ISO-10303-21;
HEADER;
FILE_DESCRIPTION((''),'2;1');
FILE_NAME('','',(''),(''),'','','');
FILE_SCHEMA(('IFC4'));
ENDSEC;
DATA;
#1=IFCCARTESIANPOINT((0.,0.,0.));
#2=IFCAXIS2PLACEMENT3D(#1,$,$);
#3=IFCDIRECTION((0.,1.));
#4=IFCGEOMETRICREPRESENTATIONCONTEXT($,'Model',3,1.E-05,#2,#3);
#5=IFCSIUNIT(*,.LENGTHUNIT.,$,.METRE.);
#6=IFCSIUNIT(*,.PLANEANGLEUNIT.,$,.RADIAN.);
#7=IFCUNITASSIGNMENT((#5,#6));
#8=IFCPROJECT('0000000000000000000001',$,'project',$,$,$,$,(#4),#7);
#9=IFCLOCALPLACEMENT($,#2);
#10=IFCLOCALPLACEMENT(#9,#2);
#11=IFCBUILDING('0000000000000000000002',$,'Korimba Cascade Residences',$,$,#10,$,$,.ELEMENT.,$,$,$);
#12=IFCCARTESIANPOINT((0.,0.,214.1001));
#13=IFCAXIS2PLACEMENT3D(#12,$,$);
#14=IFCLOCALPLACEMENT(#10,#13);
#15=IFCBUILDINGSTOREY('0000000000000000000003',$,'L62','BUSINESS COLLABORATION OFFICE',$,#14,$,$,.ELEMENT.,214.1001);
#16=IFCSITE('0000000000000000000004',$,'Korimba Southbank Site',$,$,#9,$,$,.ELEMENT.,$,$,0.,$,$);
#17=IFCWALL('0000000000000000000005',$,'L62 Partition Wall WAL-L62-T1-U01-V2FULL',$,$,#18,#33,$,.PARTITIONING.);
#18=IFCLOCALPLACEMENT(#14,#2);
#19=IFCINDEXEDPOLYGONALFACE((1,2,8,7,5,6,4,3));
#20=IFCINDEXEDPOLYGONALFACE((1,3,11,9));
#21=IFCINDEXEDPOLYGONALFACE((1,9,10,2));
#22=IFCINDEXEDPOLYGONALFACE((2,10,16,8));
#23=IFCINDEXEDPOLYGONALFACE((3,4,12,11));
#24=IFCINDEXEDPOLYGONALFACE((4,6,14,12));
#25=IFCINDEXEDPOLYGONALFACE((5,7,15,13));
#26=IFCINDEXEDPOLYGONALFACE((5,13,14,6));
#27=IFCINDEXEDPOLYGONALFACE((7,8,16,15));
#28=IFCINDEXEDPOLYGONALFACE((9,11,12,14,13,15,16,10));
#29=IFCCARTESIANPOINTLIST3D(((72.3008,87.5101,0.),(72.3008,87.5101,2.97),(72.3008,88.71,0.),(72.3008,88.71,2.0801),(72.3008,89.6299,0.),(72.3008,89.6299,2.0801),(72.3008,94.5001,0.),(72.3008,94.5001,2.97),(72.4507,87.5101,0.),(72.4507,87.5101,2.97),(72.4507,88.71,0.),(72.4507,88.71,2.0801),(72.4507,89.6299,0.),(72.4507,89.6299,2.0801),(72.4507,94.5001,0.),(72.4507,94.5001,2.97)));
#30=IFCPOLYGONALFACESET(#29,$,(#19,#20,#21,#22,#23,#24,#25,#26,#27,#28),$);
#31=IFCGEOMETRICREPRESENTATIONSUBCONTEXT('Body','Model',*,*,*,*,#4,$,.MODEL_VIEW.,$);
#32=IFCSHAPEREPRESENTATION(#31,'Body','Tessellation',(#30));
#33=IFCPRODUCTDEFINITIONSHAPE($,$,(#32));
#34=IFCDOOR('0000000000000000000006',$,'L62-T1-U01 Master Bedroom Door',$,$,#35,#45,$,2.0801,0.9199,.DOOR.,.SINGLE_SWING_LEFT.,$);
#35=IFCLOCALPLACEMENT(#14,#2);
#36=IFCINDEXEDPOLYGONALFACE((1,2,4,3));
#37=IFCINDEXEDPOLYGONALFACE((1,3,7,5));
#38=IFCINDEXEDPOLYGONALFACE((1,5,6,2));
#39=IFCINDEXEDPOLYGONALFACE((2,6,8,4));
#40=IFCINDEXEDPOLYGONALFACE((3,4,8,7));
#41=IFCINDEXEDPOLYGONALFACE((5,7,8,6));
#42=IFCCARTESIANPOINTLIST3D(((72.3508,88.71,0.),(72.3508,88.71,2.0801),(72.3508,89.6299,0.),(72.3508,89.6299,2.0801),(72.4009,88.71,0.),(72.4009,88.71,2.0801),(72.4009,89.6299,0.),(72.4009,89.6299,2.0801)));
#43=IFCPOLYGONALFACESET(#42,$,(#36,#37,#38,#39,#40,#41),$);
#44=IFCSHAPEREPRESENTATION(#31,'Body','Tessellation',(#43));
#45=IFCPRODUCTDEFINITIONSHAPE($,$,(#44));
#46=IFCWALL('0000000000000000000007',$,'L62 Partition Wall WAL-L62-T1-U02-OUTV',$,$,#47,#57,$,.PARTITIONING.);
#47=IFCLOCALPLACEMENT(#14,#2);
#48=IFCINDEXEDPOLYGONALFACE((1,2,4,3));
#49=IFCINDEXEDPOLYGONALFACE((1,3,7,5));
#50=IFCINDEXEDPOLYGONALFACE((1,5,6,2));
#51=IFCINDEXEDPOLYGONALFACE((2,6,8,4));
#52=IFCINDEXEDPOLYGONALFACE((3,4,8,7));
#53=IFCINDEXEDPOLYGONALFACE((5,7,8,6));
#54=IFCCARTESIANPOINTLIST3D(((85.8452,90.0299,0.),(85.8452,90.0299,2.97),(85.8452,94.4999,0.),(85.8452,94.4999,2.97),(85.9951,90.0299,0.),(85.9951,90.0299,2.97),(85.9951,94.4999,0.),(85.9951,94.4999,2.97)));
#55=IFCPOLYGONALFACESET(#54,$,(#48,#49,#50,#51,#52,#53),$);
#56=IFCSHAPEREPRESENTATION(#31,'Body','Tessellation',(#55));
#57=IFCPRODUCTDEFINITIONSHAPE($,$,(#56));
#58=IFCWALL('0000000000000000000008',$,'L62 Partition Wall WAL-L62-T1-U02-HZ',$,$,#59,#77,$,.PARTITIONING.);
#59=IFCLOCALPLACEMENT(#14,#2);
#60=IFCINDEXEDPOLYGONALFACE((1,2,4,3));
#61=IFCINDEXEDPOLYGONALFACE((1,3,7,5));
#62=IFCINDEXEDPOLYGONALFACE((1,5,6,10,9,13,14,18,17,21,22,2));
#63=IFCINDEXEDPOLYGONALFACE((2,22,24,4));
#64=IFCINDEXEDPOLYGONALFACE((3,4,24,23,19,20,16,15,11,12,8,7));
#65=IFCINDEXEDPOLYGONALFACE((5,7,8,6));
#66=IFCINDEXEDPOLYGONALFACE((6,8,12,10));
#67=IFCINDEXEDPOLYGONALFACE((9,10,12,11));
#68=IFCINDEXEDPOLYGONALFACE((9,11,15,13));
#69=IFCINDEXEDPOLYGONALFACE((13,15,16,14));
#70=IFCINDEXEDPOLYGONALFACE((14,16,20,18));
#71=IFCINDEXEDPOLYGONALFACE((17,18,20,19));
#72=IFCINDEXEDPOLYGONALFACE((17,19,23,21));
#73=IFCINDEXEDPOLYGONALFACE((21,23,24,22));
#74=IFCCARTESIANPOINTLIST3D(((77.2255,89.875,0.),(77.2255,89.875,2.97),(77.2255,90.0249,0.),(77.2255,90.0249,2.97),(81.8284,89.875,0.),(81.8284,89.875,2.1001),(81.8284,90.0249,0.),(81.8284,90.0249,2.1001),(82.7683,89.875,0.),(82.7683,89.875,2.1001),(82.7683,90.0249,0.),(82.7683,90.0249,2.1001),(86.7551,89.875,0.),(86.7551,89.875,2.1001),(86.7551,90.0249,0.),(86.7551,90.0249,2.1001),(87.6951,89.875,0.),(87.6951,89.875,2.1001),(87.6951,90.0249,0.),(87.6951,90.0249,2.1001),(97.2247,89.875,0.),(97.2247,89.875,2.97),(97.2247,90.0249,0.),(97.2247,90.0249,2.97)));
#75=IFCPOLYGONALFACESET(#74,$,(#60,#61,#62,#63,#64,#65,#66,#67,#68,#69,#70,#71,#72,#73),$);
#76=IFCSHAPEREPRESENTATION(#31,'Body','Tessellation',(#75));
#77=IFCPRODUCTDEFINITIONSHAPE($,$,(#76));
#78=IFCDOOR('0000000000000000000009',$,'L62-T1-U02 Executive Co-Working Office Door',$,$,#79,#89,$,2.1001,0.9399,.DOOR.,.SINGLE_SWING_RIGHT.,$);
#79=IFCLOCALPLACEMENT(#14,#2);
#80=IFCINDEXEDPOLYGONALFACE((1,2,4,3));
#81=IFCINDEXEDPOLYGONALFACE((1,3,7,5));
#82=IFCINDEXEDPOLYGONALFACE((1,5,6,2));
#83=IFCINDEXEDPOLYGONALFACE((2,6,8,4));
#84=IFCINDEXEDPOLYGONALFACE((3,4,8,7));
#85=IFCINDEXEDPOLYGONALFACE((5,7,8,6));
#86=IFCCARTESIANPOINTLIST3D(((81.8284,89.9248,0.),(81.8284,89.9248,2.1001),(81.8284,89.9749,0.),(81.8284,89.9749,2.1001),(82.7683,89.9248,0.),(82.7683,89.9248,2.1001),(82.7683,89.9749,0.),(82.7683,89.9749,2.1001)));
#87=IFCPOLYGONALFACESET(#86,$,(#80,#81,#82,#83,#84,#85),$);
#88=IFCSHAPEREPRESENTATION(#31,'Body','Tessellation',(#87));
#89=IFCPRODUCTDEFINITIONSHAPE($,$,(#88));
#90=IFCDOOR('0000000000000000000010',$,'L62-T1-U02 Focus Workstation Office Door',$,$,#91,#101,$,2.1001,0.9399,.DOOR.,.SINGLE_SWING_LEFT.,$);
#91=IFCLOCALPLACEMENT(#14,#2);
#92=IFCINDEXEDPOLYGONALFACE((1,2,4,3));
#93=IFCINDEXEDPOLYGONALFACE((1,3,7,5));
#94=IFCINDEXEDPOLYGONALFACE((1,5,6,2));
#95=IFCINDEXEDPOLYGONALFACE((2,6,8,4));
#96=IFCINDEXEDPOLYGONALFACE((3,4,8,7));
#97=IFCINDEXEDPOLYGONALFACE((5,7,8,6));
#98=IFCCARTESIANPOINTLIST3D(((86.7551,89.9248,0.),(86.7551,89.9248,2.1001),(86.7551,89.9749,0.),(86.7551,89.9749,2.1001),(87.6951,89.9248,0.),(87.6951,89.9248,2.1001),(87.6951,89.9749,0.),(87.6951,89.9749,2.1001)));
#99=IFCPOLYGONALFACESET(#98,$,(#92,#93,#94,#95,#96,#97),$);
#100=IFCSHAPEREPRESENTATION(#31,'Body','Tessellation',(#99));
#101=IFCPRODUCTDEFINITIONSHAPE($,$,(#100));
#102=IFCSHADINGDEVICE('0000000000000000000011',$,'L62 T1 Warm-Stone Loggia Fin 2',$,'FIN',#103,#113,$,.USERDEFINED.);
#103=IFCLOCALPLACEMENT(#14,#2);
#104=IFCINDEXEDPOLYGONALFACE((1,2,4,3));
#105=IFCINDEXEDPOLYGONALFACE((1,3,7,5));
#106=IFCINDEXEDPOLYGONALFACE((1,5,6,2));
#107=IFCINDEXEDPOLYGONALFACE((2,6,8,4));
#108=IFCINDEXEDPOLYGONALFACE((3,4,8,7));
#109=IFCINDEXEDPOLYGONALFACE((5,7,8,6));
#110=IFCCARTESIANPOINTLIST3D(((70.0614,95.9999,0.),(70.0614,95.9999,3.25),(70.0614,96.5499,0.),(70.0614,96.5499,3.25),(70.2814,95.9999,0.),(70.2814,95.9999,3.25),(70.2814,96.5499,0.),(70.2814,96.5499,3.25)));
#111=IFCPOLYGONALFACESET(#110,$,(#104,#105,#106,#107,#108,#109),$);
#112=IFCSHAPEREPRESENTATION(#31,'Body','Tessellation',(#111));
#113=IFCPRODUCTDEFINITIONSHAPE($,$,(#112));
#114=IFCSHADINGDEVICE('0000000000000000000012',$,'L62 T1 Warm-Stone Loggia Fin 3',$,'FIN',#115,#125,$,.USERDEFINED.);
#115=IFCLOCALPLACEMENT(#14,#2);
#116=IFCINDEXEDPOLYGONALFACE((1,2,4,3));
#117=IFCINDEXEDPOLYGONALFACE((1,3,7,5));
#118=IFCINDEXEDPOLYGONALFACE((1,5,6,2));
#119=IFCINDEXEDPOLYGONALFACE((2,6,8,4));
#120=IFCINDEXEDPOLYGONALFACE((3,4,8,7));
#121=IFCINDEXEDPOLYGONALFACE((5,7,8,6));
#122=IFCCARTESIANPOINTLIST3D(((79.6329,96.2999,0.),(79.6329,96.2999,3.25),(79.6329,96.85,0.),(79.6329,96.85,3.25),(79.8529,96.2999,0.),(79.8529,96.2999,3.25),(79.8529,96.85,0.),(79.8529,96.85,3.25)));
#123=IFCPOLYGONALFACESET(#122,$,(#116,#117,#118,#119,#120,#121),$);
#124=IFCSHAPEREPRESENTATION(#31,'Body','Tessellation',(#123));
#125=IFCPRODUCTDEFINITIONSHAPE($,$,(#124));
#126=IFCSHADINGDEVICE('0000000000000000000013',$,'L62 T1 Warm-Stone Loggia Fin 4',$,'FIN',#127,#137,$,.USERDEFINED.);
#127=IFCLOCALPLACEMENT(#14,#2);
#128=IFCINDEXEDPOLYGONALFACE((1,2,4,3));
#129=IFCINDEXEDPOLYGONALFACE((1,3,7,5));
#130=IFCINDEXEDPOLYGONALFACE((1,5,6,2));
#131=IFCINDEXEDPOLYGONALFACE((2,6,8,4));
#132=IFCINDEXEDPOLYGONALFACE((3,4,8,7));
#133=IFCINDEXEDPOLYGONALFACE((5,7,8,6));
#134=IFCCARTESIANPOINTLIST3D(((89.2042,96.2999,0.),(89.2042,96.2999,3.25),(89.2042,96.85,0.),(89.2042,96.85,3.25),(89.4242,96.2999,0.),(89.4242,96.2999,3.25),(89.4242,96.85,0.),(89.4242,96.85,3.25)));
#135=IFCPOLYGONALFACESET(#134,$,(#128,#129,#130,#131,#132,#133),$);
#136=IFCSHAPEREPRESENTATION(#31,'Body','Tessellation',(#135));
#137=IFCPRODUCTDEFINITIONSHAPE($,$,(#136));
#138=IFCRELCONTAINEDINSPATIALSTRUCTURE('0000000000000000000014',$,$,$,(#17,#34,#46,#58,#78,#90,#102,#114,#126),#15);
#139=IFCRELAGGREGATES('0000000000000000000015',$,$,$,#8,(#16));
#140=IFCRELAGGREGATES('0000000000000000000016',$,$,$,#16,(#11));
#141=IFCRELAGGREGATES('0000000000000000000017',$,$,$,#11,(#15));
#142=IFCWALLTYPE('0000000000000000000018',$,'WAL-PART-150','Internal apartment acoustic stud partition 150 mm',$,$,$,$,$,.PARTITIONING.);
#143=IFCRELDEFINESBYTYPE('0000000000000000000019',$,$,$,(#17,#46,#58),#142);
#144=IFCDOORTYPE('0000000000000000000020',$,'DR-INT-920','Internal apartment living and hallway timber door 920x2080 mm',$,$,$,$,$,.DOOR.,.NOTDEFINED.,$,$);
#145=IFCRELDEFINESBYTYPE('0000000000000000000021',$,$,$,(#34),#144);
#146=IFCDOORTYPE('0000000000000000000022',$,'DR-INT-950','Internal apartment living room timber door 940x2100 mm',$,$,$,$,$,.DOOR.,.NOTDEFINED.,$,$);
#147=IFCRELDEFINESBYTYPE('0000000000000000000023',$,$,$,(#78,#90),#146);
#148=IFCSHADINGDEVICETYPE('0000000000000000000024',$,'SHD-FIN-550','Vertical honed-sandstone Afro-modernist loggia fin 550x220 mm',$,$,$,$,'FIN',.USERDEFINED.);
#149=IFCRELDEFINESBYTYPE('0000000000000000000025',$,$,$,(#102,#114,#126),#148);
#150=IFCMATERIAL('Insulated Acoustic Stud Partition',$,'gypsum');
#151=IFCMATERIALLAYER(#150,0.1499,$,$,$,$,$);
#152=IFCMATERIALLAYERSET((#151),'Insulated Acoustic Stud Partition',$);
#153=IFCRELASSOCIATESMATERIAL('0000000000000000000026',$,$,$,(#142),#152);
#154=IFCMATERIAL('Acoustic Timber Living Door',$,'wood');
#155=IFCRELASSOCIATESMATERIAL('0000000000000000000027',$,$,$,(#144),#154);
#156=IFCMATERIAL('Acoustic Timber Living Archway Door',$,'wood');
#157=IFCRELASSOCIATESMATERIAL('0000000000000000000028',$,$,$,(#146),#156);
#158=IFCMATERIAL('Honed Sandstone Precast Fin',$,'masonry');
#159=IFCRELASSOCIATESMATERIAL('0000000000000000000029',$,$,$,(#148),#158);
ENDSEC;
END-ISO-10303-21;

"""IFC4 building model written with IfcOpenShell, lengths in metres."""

from ifc_helpers import new_model, si_unit, direction, frame, frame_2d, origin, origin_2d, place, context, subcontext, project, spatial, rectangle, extrude, material, layer, layer_set, type_object, element, fill, save


model = new_model("IFC4")

# Units and contexts
model_context = context("Model", 3, precision=1e-05, world=origin(), true_north=direction((0.0, 1.0)))
body_context = subcontext(model_context, "Body", "Model", "MODEL_VIEW")
ifc_project = project(units=[si_unit("LENGTHUNIT", "METRE"), si_unit("PLANEANGLEUNIT", "RADIAN")], contexts=[model_context])

# Site, building, storey
site_placement = place(None, origin())
site = spatial("IfcSite", under=ifc_project, at=site_placement, Name="Korimba Southbank Site", CompositionType="ELEMENT", RefElevation=0.0)
building_placement = place(site_placement, origin())
building = spatial("IfcBuilding", under=site, at=building_placement, Name="Korimba Cascade Residences", CompositionType="ELEMENT")
storey_placement = place(building_placement, frame((0.0, 0.0, 214.1001)))
storey = spatial("IfcBuildingStorey", under=building, at=storey_placement, Name="L62", Description="BUSINESS COLLABORATION OFFICE", CompositionType="ELEMENT", Elevation=214.1001)

# Shared definitions
ifc_material_1 = material(Name="Insulated Acoustic Stud Partition", Category="gypsum")
ifc_layer_1 = layer(ifc_material_1, 0.1499)
ifc_layer_set_1 = layer_set([ifc_layer_1], Name="Insulated Acoustic Stud Partition")
wall_type_1 = type_object("IfcWallType", Name="WAL-PART-150", Description="Internal apartment acoustic stud partition 150 mm", PredefinedType="PARTITIONING", material=ifc_layer_set_1)

# Wall, opening, door
wall_1_placement = place(storey_placement, frame((72.3757, 87.51, 0.0), z_axis=(0.0, 0.0, 1.0), x_axis=(0.0, 1.0, 0.0)))
wall_1 = element("IfcWall", 1, at=wall_1_placement, inside=storey, type_object=wall_type_1, Name="L62 Partition Wall WAL-L62-T1-U01-V2FULL", PredefinedType="PARTITIONING", context=body_context, shape_type="SweptSolid", body=[
    extrude(rectangle(XDim=6.99, YDim=0.1499, at=frame_2d((3.4951, 0.0))), origin(), (0.0, 0.0, 1.0), 2.97),
])
opening_1_placement = place(wall_1_placement, frame((1.2, 0.0, 0.0)))
opening_1 = element("IfcOpeningElement", 2, at=opening_1_placement, cuts=wall_1, PredefinedType="OPENING", context=body_context, shape_type="SweptSolid", body=[
    extrude(rectangle(XDim=0.9199, YDim=2.0801, at=frame_2d((0.46, 1.04))), frame((0.0, 0.085, 0.0), z_axis=(0.0, -1.0, 0.0), x_axis=(1.0, 0.0, 0.0)), (0.0, 0.0, 1.0), 0.1699),
])
ifc_material_2 = material(Name="Acoustic Timber Living Door", Category="wood")
door_type_1 = type_object("IfcDoorType", Name="DR-INT-920", Description="Internal apartment living and hallway timber door 920x2080 mm", OperationType="NOTDEFINED", PredefinedType="DOOR", material=ifc_material_2)
door_1_placement = place(opening_1_placement, origin())
door_1 = element("IfcDoor", 3, at=door_1_placement, inside=storey, type_object=door_type_1, Name="L62-T1-U01 Master Bedroom Door", OperationType="SINGLE_SWING_LEFT", OverallHeight=2.0801, OverallWidth=0.9199, PredefinedType="DOOR", context=body_context, shape_type="SweptSolid", body=[
    extrude(rectangle(XDim=0.9199, YDim=2.0801, at=frame_2d((0.46, 1.04))), frame((0.0, 0.0249, 0.0), z_axis=(0.0, -1.0, 0.0), x_axis=(1.0, 0.0, 0.0)), (0.0, 0.0, 1.0), 0.05),
])
fill(opening_1, door_1)

# Wall
wall_2_placement = place(storey_placement, frame((85.9202, 90.03, 0.0), z_axis=(0.0, 0.0, 1.0), x_axis=(0.0, 1.0, 0.0)))
element("IfcWall", 4, at=wall_2_placement, inside=storey, type_object=wall_type_1, Name="L62 Partition Wall WAL-L62-T1-U02-OUTV", PredefinedType="PARTITIONING", context=body_context, shape_type="SweptSolid", body=[
    extrude(rectangle(XDim=4.47, YDim=0.1499, at=frame_2d((2.2349, 0.0))), origin(), (0.0, 0.0, 1.0), 2.97),
])

# Wall, openings, doors
wall_3_placement = place(storey_placement, frame((77.2256, 89.95, 0.0), z_axis=(0.0, 0.0, 1.0), x_axis=(1.0, 0.0, 0.0)))
wall_3 = element("IfcWall", 5, at=wall_3_placement, inside=storey, type_object=wall_type_1, Name="L62 Partition Wall WAL-L62-T1-U02-HZ", PredefinedType="PARTITIONING", context=body_context, shape_type="SweptSolid", body=[
    extrude(rectangle(XDim=19.9993, YDim=0.1499, at=frame_2d((9.9995, 0.0))), origin(), (0.0, 0.0, 1.0), 2.97),
])
opening_2_placement = place(wall_3_placement, frame((4.6028, 0.0, 0.0)))
opening_2 = element("IfcOpeningElement", 6, at=opening_2_placement, cuts=wall_3, PredefinedType="OPENING", context=body_context, shape_type="SweptSolid", body=[
    extrude(rectangle(XDim=0.9399, YDim=2.1001, at=frame_2d((0.47, 1.05))), frame((0.0, 0.085, 0.0), z_axis=(0.0, -1.0, 0.0), x_axis=(1.0, 0.0, 0.0)), (0.0, 0.0, 1.0), 0.1699),
])
opening_3_placement = place(wall_3_placement, frame((9.5295, 0.0, 0.0)))
opening_3 = element("IfcOpeningElement", 7, at=opening_3_placement, cuts=wall_3, PredefinedType="OPENING", context=body_context, shape_type="SweptSolid", body=[
    extrude(rectangle(XDim=0.9399, YDim=2.1001, at=frame_2d((0.47, 1.05))), frame((0.0, 0.085, 0.0), z_axis=(0.0, -1.0, 0.0), x_axis=(1.0, 0.0, 0.0)), (0.0, 0.0, 1.0), 0.1699),
])
ifc_material_3 = material(Name="Acoustic Timber Living Archway Door", Category="wood")
door_type_2 = type_object("IfcDoorType", Name="DR-INT-950", Description="Internal apartment living room timber door 940x2100 mm", OperationType="NOTDEFINED", PredefinedType="DOOR", material=ifc_material_3)
door_2_placement = place(opening_2_placement, origin())
door_2 = element("IfcDoor", 8, at=door_2_placement, inside=storey, type_object=door_type_2, Name="L62-T1-U02 Executive Co-Working Office Door", OperationType="SINGLE_SWING_RIGHT", OverallHeight=2.1001, OverallWidth=0.9399, PredefinedType="DOOR", context=body_context, shape_type="SweptSolid", body=[
    extrude(rectangle(XDim=0.9399, YDim=2.1001, at=frame_2d((0.47, 1.05))), frame((0.0, 0.0249, 0.0), z_axis=(0.0, -1.0, 0.0), x_axis=(1.0, 0.0, 0.0)), (0.0, 0.0, 1.0), 0.05),
])
fill(opening_2, door_2)
door_3_placement = place(opening_3_placement, origin())
door_3 = element("IfcDoor", 9, at=door_3_placement, inside=storey, type_object=door_type_2, Name="L62-T1-U02 Focus Workstation Office Door", OperationType="SINGLE_SWING_LEFT", OverallHeight=2.1001, OverallWidth=0.9399, PredefinedType="DOOR", context=body_context, shape_type="SweptSolid", body=[
    extrude(rectangle(XDim=0.9399, YDim=2.1001, at=frame_2d((0.47, 1.05))), frame((0.0, 0.0249, 0.0), z_axis=(0.0, -1.0, 0.0), x_axis=(1.0, 0.0, 0.0)), (0.0, 0.0, 1.0), 0.05),
])
fill(opening_3, door_3)

# Shading devices
ifc_material_4 = material(Name="Honed Sandstone Precast Fin", Category="masonry")
shading_device_type = type_object("IfcShadingDeviceType", Name="SHD-FIN-550", Description="Vertical honed-sandstone Afro-modernist loggia fin 550x220 mm", ElementType="FIN", PredefinedType="USERDEFINED", material=ifc_material_4)
for number, where, z_axis, x_axis, name in (
    (10, (70.1714, 96.2749, 0.0), (0.0, 0.0, 1.0), (1.0, 0.0, 0.0), "L62 T1 Warm-Stone Loggia Fin 2"),
    (11, (79.7429, 96.575, 0.0), (0.0, 0.0, 1.0), (1.0, 0.0, 0.0), "L62 T1 Warm-Stone Loggia Fin 3"),
    (12, (89.3142, 96.575, 0.0), (0.0, 0.0, 1.0), (1.0, 0.0, 0.0), "L62 T1 Warm-Stone Loggia Fin 4"),
):
    element("IfcShadingDevice", number, at=place(storey_placement, frame(where, z_axis=z_axis, x_axis=x_axis)), inside=storey, type_object=shading_device_type, Name=name, ObjectType="FIN", PredefinedType="USERDEFINED", context=body_context, shape_type="SweptSolid", body=[
        extrude(rectangle(XDim=0.22, YDim=0.55, at=origin_2d()), origin(), (0.0, 0.0, 1.0), 3.25),
    ])

save(model, "model.ifc")
